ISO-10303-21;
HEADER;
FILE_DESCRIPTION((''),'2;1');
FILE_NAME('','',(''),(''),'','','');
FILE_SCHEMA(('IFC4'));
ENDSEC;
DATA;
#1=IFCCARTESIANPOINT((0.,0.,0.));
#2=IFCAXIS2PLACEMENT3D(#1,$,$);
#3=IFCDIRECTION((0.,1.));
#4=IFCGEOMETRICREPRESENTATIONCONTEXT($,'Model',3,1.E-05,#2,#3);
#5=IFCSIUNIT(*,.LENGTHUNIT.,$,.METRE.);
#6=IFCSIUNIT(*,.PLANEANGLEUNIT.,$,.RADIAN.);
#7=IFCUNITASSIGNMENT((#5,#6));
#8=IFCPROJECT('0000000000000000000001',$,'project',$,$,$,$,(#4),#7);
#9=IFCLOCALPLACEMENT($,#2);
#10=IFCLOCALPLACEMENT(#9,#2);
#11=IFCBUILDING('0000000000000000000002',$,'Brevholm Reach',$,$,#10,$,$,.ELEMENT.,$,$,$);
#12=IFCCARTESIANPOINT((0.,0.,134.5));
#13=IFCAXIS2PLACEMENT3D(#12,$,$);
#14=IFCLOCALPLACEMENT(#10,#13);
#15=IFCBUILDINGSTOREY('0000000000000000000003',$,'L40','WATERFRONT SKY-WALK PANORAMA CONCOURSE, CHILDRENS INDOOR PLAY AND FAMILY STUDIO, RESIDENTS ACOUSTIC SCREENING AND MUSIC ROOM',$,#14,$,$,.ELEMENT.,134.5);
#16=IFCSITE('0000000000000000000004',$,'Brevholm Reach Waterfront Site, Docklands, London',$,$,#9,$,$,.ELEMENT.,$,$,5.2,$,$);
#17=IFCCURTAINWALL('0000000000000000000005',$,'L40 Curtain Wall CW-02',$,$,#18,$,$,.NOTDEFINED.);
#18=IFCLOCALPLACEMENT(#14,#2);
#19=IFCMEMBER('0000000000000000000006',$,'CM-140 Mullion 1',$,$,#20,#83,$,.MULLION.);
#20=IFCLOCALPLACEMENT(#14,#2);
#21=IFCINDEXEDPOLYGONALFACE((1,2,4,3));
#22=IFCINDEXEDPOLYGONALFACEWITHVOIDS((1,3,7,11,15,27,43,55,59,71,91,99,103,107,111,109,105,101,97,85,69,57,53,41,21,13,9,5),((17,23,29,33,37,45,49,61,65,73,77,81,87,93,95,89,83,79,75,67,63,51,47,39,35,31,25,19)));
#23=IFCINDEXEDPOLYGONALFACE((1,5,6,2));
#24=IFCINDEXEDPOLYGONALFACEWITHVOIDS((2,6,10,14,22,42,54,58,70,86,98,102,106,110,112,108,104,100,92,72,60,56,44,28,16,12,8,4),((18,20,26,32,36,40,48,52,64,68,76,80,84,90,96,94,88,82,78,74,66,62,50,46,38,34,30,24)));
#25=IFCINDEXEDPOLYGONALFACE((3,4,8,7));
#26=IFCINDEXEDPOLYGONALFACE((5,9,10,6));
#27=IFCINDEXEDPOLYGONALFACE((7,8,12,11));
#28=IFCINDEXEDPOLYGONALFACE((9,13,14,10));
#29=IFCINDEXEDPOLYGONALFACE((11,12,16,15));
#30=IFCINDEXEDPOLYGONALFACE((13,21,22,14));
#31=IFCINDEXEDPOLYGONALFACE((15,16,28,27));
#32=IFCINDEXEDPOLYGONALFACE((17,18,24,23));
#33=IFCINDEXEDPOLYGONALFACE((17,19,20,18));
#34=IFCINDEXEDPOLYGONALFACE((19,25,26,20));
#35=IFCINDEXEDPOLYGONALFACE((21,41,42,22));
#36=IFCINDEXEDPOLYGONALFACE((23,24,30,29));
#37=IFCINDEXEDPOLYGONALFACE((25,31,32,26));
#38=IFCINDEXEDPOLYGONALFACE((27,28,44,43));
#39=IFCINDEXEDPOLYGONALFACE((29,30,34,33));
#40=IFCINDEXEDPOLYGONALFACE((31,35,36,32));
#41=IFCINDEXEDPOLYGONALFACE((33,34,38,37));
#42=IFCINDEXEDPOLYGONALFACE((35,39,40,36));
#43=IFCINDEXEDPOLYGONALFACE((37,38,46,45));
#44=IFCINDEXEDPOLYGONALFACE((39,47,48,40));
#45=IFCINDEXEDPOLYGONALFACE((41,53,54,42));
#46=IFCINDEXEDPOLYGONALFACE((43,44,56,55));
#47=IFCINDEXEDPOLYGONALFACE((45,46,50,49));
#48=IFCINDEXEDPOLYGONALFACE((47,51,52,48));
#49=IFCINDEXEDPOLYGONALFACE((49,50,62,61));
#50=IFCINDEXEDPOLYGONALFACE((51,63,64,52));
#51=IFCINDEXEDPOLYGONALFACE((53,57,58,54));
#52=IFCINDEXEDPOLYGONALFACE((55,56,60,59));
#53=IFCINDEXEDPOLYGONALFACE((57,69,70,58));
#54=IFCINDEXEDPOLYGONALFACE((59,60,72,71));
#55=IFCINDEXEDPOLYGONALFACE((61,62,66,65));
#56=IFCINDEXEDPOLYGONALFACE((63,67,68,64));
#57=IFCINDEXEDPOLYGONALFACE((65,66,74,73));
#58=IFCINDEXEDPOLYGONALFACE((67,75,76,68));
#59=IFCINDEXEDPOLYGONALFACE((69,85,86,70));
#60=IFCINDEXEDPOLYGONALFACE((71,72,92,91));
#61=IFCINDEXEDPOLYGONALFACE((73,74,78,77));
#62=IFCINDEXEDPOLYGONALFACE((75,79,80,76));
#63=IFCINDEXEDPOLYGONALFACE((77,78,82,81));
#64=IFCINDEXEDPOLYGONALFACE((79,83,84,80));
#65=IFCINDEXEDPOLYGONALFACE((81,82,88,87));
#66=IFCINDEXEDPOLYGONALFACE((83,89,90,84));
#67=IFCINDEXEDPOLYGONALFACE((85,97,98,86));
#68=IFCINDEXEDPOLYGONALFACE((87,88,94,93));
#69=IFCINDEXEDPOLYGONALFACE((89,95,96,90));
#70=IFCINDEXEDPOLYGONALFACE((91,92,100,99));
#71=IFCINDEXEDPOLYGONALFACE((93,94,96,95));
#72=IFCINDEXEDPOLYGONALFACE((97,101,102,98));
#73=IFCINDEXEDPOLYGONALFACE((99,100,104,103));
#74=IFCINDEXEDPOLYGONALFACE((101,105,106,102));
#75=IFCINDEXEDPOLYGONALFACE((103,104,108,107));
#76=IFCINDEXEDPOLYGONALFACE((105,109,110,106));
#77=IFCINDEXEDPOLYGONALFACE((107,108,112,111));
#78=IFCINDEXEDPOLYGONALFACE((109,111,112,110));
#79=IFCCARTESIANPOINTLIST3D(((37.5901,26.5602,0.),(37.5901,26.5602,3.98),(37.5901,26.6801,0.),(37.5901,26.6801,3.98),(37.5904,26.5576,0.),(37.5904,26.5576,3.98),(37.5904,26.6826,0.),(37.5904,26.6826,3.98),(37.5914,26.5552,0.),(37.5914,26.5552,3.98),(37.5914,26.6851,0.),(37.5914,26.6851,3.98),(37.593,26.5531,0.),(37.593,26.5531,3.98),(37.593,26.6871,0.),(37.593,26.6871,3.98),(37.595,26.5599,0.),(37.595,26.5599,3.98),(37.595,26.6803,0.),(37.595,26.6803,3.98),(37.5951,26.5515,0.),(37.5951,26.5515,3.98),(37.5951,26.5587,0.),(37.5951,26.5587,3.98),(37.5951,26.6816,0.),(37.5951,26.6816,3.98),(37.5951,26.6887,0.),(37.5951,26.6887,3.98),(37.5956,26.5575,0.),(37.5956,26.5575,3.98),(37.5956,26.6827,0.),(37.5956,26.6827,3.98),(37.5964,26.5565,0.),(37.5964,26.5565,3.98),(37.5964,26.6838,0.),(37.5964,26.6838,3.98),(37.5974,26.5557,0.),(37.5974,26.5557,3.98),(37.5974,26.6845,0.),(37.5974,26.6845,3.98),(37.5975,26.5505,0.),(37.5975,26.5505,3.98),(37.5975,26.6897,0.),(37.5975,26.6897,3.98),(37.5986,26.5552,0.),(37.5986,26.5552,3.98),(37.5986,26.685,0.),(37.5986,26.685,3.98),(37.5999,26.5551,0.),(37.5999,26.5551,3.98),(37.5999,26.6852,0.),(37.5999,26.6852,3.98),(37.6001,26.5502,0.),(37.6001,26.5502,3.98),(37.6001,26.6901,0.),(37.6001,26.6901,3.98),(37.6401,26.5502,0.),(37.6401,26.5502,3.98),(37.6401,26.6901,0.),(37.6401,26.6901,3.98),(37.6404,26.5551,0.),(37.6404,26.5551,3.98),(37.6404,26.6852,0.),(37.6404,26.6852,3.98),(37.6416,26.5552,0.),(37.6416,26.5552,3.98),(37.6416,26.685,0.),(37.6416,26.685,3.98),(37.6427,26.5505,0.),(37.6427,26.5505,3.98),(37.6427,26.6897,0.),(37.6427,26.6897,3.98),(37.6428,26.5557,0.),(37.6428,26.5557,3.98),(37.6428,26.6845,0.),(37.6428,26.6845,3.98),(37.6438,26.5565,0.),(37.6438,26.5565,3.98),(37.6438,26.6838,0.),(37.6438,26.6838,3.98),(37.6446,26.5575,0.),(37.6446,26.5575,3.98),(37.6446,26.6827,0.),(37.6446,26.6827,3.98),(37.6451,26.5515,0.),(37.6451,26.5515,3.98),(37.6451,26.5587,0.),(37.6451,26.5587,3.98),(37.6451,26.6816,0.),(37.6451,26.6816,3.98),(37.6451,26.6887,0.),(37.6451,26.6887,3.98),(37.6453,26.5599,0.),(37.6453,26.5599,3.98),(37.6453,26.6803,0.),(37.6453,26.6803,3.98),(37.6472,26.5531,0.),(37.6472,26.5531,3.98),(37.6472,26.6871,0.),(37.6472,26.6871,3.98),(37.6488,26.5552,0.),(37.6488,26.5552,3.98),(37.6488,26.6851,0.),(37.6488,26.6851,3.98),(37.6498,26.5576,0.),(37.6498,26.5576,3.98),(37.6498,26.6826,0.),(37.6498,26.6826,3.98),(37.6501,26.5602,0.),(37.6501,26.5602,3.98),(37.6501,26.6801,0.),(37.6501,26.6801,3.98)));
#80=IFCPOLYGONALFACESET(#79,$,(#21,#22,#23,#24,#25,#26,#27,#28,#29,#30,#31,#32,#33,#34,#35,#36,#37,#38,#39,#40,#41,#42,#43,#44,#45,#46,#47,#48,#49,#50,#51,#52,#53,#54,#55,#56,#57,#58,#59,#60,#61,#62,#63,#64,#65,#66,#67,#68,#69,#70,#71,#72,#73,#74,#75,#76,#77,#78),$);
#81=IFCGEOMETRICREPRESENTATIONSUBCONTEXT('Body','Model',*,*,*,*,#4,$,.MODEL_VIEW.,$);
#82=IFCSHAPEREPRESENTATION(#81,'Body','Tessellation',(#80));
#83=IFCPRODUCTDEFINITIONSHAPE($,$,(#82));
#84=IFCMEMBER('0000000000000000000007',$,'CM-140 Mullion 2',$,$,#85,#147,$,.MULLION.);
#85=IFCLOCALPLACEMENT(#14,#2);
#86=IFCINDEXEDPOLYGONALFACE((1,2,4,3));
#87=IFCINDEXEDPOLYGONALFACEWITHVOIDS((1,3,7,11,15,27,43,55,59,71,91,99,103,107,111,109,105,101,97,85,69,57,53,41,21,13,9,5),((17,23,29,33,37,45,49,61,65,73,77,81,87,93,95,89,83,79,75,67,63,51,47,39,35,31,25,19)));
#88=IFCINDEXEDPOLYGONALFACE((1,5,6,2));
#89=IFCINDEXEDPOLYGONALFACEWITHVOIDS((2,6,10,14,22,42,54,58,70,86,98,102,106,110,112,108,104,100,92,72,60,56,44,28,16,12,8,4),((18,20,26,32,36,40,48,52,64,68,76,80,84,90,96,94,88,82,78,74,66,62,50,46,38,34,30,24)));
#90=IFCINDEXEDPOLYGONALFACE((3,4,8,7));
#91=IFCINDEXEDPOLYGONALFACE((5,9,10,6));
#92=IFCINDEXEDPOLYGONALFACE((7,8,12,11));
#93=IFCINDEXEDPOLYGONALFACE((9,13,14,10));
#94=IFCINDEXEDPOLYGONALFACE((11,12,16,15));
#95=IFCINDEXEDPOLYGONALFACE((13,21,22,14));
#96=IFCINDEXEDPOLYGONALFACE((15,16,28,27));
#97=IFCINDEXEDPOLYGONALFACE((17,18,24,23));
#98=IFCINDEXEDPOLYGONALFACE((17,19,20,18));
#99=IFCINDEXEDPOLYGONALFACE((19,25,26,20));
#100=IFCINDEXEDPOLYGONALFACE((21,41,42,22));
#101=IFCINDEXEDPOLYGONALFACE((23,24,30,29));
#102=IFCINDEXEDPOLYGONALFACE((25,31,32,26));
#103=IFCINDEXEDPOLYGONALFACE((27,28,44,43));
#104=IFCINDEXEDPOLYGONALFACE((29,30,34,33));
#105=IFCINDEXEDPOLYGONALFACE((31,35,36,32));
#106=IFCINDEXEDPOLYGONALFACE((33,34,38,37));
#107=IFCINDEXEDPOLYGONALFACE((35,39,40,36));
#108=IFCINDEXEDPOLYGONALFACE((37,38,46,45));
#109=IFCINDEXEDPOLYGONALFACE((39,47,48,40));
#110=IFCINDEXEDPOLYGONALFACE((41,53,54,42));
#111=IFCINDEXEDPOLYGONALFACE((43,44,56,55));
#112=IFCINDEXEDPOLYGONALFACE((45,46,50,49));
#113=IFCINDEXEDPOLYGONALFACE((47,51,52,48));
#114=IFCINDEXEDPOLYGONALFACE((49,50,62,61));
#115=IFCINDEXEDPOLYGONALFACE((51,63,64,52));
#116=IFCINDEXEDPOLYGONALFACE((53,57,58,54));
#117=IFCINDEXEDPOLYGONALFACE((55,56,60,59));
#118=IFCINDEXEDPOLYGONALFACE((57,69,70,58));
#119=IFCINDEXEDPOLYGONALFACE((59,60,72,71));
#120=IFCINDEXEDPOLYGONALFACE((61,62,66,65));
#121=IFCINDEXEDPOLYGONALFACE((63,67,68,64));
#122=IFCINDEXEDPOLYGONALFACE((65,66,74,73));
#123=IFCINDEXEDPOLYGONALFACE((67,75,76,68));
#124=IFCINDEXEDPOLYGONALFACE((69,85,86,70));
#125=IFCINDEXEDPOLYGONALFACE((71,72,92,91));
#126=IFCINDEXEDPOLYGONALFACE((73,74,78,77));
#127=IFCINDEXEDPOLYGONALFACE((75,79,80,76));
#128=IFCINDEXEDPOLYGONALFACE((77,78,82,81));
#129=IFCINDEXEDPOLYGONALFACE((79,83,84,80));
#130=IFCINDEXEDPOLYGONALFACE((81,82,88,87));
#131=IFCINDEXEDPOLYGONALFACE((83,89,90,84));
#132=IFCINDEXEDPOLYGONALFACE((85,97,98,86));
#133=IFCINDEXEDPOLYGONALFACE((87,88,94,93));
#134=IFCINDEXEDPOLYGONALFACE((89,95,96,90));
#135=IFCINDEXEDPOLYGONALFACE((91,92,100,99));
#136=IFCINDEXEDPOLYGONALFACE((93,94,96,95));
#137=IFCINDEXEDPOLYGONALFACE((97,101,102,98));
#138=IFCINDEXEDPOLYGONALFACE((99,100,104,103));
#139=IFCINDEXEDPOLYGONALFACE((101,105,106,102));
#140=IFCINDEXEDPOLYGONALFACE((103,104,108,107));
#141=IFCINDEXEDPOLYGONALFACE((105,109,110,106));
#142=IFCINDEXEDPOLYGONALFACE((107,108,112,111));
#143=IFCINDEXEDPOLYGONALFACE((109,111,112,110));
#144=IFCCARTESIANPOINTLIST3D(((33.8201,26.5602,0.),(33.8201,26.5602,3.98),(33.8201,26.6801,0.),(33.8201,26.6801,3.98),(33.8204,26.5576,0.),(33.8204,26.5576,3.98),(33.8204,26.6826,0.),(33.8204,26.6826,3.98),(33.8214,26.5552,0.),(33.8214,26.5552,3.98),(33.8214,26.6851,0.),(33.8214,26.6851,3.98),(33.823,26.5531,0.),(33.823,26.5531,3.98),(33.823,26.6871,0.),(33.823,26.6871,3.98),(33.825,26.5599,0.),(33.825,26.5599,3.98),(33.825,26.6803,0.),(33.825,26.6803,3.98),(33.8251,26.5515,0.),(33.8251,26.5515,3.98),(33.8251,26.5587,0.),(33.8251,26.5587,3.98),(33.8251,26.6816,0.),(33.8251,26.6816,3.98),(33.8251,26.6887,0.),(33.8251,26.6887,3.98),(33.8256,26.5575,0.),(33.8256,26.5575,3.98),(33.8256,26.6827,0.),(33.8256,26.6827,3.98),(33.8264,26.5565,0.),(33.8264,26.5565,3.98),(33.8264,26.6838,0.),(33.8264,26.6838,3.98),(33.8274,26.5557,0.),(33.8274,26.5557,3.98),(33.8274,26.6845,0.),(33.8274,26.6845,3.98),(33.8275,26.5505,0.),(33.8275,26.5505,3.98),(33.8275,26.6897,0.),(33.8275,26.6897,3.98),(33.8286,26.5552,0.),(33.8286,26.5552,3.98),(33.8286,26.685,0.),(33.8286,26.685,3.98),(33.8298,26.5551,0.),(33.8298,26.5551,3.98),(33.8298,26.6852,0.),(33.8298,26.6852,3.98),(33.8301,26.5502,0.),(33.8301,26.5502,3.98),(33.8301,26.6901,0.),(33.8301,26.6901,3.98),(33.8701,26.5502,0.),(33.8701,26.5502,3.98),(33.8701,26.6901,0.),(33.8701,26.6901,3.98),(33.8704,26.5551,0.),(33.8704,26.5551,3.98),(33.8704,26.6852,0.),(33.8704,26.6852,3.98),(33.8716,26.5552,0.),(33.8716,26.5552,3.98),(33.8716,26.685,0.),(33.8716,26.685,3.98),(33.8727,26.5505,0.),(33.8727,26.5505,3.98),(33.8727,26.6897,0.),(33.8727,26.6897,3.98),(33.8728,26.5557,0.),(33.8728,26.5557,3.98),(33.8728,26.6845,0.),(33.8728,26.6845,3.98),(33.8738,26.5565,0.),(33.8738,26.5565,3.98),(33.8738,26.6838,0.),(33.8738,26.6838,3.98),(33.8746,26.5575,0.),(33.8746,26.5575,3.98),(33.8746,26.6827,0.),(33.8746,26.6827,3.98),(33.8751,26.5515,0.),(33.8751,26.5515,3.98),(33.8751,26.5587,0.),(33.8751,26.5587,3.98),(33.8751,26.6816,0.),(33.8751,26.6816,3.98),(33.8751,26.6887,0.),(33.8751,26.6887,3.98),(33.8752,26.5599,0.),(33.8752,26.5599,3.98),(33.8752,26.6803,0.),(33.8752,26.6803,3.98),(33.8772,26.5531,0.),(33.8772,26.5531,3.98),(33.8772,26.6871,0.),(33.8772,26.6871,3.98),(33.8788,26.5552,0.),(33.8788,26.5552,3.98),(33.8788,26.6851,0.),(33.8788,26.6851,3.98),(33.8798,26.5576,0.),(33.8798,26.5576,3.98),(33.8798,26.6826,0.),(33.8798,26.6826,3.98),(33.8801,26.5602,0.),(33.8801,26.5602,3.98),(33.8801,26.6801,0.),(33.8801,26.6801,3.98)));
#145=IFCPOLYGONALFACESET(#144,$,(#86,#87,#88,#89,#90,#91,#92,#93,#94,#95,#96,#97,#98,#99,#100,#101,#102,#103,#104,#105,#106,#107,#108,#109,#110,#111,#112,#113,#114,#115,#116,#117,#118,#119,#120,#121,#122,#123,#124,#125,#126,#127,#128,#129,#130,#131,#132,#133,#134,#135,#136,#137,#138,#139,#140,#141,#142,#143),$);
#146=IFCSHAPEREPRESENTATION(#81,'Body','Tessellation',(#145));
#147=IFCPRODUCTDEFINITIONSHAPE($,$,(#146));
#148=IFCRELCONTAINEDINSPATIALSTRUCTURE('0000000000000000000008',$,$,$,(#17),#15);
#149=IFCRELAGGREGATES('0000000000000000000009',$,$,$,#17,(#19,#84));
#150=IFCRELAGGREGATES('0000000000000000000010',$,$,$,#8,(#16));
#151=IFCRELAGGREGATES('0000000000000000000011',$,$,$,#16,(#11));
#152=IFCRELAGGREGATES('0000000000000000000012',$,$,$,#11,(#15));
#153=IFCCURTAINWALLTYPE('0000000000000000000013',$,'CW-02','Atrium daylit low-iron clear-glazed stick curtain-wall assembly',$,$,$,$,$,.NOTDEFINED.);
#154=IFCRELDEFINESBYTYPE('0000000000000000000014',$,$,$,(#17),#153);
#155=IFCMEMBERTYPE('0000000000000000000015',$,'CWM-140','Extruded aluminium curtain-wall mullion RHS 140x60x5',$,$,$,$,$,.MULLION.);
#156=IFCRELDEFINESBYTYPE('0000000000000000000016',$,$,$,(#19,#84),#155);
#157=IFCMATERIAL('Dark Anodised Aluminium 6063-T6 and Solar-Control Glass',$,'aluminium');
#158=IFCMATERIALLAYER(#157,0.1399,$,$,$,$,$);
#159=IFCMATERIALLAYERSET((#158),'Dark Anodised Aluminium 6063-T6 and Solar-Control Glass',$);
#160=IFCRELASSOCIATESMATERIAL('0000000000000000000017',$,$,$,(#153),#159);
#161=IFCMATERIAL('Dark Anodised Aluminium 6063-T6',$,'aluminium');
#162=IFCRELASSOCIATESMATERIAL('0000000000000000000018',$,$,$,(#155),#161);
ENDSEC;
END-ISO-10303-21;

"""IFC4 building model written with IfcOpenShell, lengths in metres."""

from ifc_helpers import new_model, si_unit, direction, frame, origin, origin_2d, place, context, subcontext, project, spatial, hollow_rectangle, extrude, material, layer, layer_set, material_profile, profile_set, type_object, element, aggregate, save


model = new_model("IFC4")

# Units and contexts
model_context = context("Model", 3, precision=1e-05, world=origin(), true_north=direction((0.0, 1.0)))
body_context = subcontext(model_context, "Body", "Model", "MODEL_VIEW")
ifc_project = project(units=[si_unit("LENGTHUNIT", "METRE"), si_unit("PLANEANGLEUNIT", "RADIAN")], contexts=[model_context])

# Site, building, storey
site_placement = place(None, origin())
site = spatial("IfcSite", under=ifc_project, at=site_placement, Name="Brevholm Reach Waterfront Site, Docklands, London", CompositionType="ELEMENT", RefElevation=5.2)
building_placement = place(site_placement, origin())
building = spatial("IfcBuilding", under=site, at=building_placement, Name="Brevholm Reach", CompositionType="ELEMENT")
storey_placement = place(building_placement, frame((0.0, 0.0, 134.5)))
storey = spatial("IfcBuildingStorey", under=building, at=storey_placement, Name="L40", Description="WATERFRONT SKY-WALK PANORAMA CONCOURSE, CHILDRENS INDOOR PLAY AND FAMILY STUDIO, RESIDENTS ACOUSTIC SCREENING AND MUSIC ROOM", CompositionType="ELEMENT", Elevation=134.5)

# Curtain wall, members
ifc_material_1 = material(Name="Dark Anodised Aluminium 6063-T6 and Solar-Control Glass", Category="aluminium")
ifc_layer_1 = layer(ifc_material_1, 0.1399)
ifc_layer_set_1 = layer_set([ifc_layer_1], Name="Dark Anodised Aluminium 6063-T6 and Solar-Control Glass")
curtain_wall_type_1 = type_object("IfcCurtainWallType", Name="CW-02", Description="Atrium daylit low-iron clear-glazed stick curtain-wall assembly", PredefinedType="NOTDEFINED", material=ifc_layer_set_1)
curtain_wall_1_placement = place(storey_placement, origin())
curtain_wall_1 = element("IfcCurtainWall", 1, at=curtain_wall_1_placement, inside=storey, type_object=curtain_wall_type_1, Name="L40 Curtain Wall CW-02", PredefinedType="NOTDEFINED")
ifc_material_2 = material(Name="Dark Anodised Aluminium 6063-T6", Category="aluminium")
ifc_material_profile_1 = material_profile(ifc_material_2, hollow_rectangle(XDim=0.0601, YDim=0.1399, WallThickness=0.0049, InnerFilletRadius=0.0049, OuterFilletRadius=0.01, at=origin_2d()), Name="RHS 140x60x5")
ifc_profile_set_1 = profile_set([ifc_material_profile_1], Name="Dark Anodised Aluminium 6063-T6")
member_type_1 = type_object("IfcMemberType", Name="CWM-140", Description="Extruded aluminium curtain-wall mullion RHS 140x60x5", PredefinedType="MULLION", material=ifc_profile_set_1)
member_1_placement = place(storey_placement, frame((37.6201, 26.6201, 0.0), z_axis=(0.0, 0.0, 1.0), x_axis=(-1.0, 0.0, 0.0)))
member_1 = element("IfcMember", 2, at=member_1_placement, type_object=member_type_1, Name="CM-140 Mullion 1", PredefinedType="MULLION", context=body_context, shape_type="SweptSolid", body=[
    extrude(hollow_rectangle(XDim=0.0601, YDim=0.1399, WallThickness=0.0049, InnerFilletRadius=0.0049, OuterFilletRadius=0.01, at=origin_2d()), origin(), (0.0, 0.0, 1.0), 3.98),
])
member_2_placement = place(storey_placement, frame((33.8501, 26.6201, 0.0), z_axis=(0.0, 0.0, 1.0), x_axis=(-1.0, 0.0, 0.0)))
member_2 = element("IfcMember", 3, at=member_2_placement, type_object=member_type_1, Name="CM-140 Mullion 2", PredefinedType="MULLION", context=body_context, shape_type="SweptSolid", body=[
    extrude(hollow_rectangle(XDim=0.0601, YDim=0.1399, WallThickness=0.0049, InnerFilletRadius=0.0049, OuterFilletRadius=0.01, at=origin_2d()), origin(), (0.0, 0.0, 1.0), 3.98),
])

aggregate(curtain_wall_1, [member_1, member_2])

save(model, "model.ifc")
